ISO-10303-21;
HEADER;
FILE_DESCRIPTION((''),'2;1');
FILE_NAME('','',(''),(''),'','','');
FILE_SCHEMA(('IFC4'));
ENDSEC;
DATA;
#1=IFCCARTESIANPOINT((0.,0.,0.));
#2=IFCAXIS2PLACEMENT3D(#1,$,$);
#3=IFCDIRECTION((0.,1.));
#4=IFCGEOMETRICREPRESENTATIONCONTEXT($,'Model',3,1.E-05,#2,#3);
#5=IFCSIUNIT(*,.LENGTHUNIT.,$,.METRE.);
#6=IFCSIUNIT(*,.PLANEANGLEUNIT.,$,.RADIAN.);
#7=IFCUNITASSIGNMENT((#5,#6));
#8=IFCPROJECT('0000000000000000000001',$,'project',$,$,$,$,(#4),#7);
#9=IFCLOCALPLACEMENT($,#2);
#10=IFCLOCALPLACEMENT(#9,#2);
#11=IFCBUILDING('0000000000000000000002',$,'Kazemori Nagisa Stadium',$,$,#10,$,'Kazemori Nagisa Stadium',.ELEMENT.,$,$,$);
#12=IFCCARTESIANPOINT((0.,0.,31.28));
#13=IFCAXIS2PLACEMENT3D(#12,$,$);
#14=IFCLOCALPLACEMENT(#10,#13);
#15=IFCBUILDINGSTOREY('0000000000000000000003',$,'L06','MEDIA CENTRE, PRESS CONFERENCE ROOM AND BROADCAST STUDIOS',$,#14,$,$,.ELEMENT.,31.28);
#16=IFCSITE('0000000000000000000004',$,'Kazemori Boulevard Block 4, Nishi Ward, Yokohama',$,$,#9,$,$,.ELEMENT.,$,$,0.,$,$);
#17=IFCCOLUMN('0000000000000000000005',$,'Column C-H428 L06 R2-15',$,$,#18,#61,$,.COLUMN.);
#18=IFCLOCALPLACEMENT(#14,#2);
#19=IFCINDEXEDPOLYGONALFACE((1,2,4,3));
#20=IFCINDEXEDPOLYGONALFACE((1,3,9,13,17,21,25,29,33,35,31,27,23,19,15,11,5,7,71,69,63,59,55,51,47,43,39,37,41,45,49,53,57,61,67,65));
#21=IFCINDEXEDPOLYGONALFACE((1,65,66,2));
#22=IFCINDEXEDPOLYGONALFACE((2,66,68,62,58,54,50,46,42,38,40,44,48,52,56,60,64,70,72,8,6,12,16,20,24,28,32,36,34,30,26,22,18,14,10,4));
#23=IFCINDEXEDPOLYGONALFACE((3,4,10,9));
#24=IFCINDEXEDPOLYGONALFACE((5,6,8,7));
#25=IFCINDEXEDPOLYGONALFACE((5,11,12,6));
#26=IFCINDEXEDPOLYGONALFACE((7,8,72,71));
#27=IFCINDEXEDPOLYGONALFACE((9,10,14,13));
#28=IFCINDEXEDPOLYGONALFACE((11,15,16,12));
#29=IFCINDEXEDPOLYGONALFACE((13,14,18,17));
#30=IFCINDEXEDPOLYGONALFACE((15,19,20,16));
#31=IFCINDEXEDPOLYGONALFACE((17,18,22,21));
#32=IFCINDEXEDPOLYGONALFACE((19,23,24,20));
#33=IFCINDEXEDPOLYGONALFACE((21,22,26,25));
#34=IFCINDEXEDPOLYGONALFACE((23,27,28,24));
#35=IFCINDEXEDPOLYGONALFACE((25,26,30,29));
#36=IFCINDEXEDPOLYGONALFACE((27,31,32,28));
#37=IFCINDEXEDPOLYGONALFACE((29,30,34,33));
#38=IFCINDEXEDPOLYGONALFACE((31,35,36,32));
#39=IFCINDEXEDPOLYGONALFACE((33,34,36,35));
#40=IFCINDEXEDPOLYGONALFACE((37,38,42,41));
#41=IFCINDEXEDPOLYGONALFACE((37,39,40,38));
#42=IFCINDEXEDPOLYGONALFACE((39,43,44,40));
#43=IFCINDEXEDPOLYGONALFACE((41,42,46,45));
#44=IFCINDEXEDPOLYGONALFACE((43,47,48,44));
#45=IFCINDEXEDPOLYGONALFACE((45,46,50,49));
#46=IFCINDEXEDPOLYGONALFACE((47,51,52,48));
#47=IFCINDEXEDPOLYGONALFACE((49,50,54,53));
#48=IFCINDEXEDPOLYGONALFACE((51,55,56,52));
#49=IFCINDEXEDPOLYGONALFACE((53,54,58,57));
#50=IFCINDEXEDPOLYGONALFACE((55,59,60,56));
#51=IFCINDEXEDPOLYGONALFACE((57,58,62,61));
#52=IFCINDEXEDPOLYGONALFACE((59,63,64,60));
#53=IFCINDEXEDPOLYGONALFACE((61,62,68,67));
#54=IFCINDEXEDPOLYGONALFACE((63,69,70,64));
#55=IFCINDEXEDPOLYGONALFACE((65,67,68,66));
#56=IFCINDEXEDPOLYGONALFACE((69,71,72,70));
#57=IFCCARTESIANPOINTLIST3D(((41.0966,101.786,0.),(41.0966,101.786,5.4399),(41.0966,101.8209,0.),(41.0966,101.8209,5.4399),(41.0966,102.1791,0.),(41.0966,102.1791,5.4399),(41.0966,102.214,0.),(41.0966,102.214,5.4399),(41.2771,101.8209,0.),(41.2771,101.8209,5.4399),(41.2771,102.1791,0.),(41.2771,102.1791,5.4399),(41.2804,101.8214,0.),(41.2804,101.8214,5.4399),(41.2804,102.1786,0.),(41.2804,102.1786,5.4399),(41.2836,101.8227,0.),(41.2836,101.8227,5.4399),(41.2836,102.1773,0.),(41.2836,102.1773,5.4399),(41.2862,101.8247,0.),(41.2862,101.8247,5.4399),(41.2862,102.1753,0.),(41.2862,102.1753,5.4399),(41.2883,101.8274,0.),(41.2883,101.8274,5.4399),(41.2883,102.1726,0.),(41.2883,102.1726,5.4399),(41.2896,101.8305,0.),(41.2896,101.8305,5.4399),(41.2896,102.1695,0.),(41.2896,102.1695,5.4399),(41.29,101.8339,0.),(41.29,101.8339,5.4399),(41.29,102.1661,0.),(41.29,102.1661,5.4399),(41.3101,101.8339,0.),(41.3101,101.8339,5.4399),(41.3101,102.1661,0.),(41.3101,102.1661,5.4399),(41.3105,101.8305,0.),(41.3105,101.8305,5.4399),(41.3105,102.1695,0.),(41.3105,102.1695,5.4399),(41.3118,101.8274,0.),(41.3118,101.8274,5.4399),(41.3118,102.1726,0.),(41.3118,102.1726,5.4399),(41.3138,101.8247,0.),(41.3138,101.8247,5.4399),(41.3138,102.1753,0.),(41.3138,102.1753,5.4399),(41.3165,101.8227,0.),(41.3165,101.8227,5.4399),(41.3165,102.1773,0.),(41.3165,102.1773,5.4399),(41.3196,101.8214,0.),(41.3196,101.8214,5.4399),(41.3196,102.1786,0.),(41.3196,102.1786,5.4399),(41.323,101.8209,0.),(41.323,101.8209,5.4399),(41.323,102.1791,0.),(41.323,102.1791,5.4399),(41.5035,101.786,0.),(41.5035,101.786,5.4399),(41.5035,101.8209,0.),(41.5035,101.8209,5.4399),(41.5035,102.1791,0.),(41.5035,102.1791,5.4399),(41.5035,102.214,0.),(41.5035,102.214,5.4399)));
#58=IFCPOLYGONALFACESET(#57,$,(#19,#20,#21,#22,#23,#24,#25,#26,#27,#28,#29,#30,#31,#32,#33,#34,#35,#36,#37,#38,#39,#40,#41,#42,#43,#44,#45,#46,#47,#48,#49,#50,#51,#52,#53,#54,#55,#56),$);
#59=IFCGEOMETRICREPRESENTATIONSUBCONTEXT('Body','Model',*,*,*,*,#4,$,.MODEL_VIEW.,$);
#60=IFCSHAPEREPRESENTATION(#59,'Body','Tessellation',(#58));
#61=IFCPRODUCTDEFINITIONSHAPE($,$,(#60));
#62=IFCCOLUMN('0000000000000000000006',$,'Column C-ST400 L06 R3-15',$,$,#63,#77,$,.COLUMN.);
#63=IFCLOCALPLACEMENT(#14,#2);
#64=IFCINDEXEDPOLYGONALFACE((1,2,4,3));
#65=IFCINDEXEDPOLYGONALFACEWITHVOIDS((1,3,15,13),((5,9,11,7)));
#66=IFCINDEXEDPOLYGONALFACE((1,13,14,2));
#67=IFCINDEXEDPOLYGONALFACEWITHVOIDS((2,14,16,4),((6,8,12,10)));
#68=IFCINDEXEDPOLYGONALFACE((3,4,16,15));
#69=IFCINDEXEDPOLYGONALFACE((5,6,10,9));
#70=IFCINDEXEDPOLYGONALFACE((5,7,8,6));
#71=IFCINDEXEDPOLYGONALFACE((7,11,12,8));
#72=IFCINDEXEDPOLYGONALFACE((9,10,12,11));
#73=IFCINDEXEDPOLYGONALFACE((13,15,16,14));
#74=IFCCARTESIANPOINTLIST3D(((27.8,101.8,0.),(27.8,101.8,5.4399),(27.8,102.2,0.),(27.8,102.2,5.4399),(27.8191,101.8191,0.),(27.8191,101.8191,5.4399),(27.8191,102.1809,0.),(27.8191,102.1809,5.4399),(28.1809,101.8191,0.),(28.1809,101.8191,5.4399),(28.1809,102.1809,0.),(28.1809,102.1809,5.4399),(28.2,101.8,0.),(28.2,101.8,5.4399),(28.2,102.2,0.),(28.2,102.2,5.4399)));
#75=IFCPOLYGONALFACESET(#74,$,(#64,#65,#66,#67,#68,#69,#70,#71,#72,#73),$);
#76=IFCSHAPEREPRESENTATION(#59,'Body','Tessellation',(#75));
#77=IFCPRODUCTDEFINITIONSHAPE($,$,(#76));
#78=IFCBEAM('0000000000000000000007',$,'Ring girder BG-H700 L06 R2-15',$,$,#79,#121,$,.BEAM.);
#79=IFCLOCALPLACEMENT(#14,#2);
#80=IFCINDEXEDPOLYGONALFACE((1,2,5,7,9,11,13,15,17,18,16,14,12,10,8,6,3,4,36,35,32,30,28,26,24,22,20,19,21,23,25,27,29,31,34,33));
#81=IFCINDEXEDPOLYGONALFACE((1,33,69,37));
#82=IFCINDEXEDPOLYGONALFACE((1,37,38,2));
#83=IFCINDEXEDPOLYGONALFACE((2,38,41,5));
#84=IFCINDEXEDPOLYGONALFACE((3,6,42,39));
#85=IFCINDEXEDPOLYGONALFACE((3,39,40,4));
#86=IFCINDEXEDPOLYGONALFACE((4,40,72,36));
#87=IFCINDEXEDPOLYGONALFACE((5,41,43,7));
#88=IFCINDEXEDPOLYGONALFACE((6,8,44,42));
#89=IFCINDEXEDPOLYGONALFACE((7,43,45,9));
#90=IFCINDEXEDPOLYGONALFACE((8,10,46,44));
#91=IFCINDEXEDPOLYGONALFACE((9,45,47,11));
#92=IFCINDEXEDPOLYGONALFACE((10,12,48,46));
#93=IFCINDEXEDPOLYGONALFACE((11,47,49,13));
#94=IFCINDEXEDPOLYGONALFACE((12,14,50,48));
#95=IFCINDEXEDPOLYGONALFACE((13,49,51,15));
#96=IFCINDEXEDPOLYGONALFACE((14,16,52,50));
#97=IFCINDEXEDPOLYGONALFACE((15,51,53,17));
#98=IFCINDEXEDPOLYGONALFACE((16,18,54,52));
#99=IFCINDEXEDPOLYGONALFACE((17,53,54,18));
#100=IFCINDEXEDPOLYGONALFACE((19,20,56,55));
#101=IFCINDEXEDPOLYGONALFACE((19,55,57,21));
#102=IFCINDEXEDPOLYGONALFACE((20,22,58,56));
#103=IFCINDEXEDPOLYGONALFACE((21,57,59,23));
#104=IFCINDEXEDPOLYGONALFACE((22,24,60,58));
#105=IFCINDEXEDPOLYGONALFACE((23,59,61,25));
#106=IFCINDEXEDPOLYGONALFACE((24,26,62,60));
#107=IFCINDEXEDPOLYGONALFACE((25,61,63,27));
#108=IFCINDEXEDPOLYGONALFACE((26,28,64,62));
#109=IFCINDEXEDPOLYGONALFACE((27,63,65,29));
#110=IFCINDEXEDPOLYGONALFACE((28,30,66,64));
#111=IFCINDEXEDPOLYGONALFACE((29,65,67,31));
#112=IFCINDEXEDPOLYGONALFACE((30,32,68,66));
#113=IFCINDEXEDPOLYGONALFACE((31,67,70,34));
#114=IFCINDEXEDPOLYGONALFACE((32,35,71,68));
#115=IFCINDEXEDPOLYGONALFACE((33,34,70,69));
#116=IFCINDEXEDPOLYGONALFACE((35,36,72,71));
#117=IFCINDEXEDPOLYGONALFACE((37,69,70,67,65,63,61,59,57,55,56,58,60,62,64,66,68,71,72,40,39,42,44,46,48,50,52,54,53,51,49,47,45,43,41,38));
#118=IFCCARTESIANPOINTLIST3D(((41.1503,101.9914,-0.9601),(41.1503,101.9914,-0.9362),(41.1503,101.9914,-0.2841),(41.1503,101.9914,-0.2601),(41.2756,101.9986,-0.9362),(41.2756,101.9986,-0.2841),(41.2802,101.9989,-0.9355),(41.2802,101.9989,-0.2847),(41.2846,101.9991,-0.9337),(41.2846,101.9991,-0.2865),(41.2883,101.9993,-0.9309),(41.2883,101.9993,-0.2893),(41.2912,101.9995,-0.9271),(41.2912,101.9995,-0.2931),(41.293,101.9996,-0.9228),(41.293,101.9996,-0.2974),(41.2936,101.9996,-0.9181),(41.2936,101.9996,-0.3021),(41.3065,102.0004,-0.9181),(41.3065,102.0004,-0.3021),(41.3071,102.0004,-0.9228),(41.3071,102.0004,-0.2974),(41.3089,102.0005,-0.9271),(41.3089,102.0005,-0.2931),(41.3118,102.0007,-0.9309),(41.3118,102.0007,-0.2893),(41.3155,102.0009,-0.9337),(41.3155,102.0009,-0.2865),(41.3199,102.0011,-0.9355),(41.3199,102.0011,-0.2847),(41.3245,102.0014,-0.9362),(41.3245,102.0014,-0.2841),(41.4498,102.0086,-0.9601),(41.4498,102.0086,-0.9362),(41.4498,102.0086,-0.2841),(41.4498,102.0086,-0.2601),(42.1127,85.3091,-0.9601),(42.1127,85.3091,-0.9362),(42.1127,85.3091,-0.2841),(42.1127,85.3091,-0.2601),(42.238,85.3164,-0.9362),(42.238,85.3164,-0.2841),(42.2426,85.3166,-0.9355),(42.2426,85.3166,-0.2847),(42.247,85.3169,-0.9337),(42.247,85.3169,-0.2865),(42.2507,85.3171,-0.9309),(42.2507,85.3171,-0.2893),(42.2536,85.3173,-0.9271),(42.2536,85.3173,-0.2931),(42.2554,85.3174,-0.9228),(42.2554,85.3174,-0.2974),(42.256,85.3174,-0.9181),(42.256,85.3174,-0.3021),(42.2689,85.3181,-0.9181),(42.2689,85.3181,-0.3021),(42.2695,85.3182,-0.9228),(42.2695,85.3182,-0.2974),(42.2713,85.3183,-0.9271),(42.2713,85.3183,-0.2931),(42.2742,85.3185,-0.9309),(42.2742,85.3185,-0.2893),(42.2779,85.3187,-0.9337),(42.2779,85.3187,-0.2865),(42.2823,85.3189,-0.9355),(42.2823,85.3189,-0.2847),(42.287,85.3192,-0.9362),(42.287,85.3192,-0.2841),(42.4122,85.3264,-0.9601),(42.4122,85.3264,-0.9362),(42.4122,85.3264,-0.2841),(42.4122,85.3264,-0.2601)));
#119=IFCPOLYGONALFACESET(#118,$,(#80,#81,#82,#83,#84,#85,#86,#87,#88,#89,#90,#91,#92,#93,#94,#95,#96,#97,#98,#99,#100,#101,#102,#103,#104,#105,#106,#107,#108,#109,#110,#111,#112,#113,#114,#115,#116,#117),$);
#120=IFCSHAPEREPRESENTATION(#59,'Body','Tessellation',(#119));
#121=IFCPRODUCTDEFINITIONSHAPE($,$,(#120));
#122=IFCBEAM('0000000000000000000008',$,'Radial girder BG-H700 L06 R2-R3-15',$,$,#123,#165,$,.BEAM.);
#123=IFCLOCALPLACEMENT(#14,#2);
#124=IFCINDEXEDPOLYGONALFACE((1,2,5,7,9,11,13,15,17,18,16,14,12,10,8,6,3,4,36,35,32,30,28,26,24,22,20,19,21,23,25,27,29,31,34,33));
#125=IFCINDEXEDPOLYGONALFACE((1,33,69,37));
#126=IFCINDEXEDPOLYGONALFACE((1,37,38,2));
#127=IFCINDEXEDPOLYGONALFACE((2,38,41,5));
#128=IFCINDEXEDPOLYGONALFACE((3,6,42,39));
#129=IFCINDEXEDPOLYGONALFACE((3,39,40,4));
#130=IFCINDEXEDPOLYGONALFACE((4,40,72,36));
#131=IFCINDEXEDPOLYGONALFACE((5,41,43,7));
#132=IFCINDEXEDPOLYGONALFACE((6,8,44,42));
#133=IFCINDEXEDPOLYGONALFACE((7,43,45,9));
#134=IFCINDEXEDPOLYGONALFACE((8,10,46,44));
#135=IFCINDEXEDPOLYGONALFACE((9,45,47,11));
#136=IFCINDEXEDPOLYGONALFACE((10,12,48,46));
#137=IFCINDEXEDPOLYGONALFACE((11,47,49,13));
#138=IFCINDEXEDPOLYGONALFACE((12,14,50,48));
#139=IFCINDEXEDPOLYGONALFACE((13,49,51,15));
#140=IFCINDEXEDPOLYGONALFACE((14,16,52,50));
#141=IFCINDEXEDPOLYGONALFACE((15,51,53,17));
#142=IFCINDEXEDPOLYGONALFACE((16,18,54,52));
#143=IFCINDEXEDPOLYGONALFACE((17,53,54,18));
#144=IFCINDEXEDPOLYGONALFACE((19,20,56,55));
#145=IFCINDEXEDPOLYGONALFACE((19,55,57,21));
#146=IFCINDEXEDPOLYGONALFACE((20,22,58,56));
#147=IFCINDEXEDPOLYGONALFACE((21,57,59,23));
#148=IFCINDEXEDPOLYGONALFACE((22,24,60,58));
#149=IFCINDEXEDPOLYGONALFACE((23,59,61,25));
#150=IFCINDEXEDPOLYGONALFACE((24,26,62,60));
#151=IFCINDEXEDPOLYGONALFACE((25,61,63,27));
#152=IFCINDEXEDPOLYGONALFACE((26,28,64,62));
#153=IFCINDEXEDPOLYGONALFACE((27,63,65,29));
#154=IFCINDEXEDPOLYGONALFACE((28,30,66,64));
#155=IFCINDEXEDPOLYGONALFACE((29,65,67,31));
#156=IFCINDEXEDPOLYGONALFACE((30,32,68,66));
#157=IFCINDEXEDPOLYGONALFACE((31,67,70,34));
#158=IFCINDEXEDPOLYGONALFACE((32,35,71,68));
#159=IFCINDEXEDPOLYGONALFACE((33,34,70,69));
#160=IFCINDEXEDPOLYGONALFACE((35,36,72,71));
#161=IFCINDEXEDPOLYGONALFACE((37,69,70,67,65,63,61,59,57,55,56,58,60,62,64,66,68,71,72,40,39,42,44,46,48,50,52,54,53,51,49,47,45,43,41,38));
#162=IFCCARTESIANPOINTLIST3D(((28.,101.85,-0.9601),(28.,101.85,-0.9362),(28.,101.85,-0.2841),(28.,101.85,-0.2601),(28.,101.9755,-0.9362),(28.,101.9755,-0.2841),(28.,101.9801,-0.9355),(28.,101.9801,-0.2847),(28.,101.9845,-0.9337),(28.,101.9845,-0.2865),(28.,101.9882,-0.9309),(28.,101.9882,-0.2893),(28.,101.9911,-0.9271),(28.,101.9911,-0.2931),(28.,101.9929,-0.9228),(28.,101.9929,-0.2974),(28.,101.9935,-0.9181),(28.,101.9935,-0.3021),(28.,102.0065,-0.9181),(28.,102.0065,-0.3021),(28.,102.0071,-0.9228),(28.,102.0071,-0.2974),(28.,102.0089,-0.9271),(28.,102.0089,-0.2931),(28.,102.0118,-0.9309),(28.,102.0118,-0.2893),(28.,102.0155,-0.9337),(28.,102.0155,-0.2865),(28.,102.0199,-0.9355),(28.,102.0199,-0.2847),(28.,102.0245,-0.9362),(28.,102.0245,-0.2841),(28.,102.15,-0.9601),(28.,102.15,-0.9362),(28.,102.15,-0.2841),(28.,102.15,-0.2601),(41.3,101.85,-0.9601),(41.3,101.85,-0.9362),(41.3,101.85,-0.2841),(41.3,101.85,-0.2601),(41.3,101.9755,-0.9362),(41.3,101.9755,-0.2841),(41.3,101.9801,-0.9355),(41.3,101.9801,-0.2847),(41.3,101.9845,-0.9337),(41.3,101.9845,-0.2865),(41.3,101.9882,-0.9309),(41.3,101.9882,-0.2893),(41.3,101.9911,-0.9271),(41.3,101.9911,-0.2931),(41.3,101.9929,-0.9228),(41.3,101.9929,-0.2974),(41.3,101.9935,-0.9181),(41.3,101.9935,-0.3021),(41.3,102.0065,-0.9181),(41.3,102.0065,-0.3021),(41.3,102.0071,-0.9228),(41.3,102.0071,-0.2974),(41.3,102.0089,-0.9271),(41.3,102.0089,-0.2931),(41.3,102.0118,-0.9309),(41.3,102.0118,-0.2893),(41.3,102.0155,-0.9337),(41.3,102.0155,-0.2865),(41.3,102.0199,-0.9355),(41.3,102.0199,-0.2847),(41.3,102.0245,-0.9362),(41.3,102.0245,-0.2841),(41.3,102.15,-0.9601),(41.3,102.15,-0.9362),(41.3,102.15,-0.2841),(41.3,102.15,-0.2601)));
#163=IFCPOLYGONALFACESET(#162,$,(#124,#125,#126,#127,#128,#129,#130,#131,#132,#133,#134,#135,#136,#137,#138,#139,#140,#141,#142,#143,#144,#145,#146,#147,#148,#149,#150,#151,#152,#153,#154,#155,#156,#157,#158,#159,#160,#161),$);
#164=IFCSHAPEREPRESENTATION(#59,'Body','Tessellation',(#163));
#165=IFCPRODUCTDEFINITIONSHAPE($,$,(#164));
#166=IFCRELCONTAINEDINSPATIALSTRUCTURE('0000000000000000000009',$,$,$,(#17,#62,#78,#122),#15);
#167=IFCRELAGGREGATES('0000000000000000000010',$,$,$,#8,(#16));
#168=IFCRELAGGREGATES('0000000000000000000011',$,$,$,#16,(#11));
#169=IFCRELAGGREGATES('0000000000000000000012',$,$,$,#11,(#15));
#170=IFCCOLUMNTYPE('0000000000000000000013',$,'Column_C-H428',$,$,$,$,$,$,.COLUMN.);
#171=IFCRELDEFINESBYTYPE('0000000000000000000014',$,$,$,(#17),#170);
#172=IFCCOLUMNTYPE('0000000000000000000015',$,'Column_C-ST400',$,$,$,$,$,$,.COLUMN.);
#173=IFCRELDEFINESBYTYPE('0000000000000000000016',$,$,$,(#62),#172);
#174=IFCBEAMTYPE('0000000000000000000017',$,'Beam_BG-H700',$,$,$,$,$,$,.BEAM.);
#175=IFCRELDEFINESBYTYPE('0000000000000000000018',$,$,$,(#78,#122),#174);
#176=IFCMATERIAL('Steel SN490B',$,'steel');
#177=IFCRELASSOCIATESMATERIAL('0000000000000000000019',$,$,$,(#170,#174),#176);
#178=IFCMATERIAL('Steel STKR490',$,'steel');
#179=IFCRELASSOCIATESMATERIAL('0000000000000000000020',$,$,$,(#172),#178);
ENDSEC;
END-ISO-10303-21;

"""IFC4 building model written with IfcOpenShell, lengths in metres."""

from ifc_helpers import new_model, si_unit, direction, frame, origin, origin_2d, place, context, subcontext, project, spatial, hollow_rectangle, i_section, extrude, material, material_profile, profile_set, type_object, element, save


model = new_model("IFC4")

# Units and contexts
model_context = context("Model", 3, precision=1e-05, world=origin(), true_north=direction((0.0, 1.0)))
body_context = subcontext(model_context, "Body", "Model", "MODEL_VIEW")
ifc_project = project(units=[si_unit("LENGTHUNIT", "METRE"), si_unit("PLANEANGLEUNIT", "RADIAN")], contexts=[model_context])

# Site, building, storey
site_placement = place(None, origin())
site = spatial("IfcSite", under=ifc_project, at=site_placement, Name="Kazemori Boulevard Block 4, Nishi Ward, Yokohama", CompositionType="ELEMENT", RefElevation=0.0)
building_placement = place(site_placement, origin())
building = spatial("IfcBuilding", under=site, at=building_placement, Name="Kazemori Nagisa Stadium", LongName="Kazemori Nagisa Stadium", CompositionType="ELEMENT")
storey_placement = place(building_placement, frame((0.0, 0.0, 31.28)))
storey = spatial("IfcBuildingStorey", under=building, at=storey_placement, Name="L06", Description="MEDIA CENTRE, PRESS CONFERENCE ROOM AND BROADCAST STUDIOS", CompositionType="ELEMENT", Elevation=31.28)

# Columns
ifc_material_1 = material(Name="Steel SN490B", Category="steel")
ifc_material_profile_1 = material_profile(ifc_material_1, i_section(OverallWidth=0.407, OverallDepth=0.428, WebThickness=0.02, FlangeThickness=0.0349, FilletRadius=0.0129, at=origin_2d()), Name="H-428x407x20x35")
ifc_profile_set_1 = profile_set([ifc_material_profile_1], Name="Steel SN490B")
column_type_1 = type_object("IfcColumnType", Name="Column_C-H428", PredefinedType="COLUMN", material=ifc_profile_set_1)
column_1_placement = place(storey_placement, frame((41.3, 102.0, 0.0), z_axis=(0.0, 0.0, 1.0), x_axis=(-1.0, 0.0, 0.0)))
element("IfcColumn", 1, at=column_1_placement, inside=storey, type_object=column_type_1, Name="Column C-H428 L06 R2-15", PredefinedType="COLUMN", context=body_context, shape_type="SweptSolid", body=[
    extrude(i_section(OverallWidth=0.407, OverallDepth=0.428, WebThickness=0.02, FlangeThickness=0.0349, FilletRadius=0.0129, at=origin_2d()), origin(), (0.0, 0.0, 1.0), 5.4399),
])
ifc_material_2 = material(Name="Steel STKR490", Category="steel")
ifc_material_profile_2 = material_profile(ifc_material_2, hollow_rectangle(XDim=0.3999, YDim=0.3999, WallThickness=0.019, at=origin_2d()), Name="SHS-400x400x19")
ifc_profile_set_2 = profile_set([ifc_material_profile_2], Name="Steel STKR490")
column_type_2 = type_object("IfcColumnType", Name="Column_C-ST400", PredefinedType="COLUMN", material=ifc_profile_set_2)
column_2_placement = place(storey_placement, frame((28.0, 102.0, 0.0), z_axis=(0.0, 0.0, 1.0), x_axis=(-1.0, 0.0, 0.0)))
element("IfcColumn", 2, at=column_2_placement, inside=storey, type_object=column_type_2, Name="Column C-ST400 L06 R3-15", PredefinedType="COLUMN", context=body_context, shape_type="SweptSolid", body=[
    extrude(hollow_rectangle(XDim=0.3999, YDim=0.3999, WallThickness=0.019, at=origin_2d()), origin(), (0.0, 0.0, 1.0), 5.4399),
])

# Beams
ifc_material_profile_3 = material_profile(ifc_material_1, i_section(OverallWidth=0.3, OverallDepth=0.7, WebThickness=0.0129, FlangeThickness=0.0239, FilletRadius=0.0181, at=origin_2d()), Name="H-700x300x13x24")
ifc_profile_set_3 = profile_set([ifc_material_profile_3], Name="Steel SN490B")
beam_type_1 = type_object("IfcBeamType", Name="Beam_BG-H700", PredefinedType="BEAM", material=ifc_profile_set_3)
beam_1_placement = place(storey_placement, frame((41.3, 102.0, -0.6101), z_axis=(0.057595, -0.99834, 0.0), x_axis=(0.99834, 0.057595, 0.0)))
element("IfcBeam", 3, at=beam_1_placement, inside=storey, type_object=beam_type_1, Name="Ring girder BG-H700 L06 R2-15", PredefinedType="BEAM", context=body_context, shape_type="SweptSolid", body=[
    extrude(i_section(OverallWidth=0.3, OverallDepth=0.7, WebThickness=0.0129, FlangeThickness=0.0239, FilletRadius=0.0181, at=origin_2d()), origin(), (0.0, 0.0, 1.0), 16.71),
])
beam_2_placement = place(storey_placement, frame((41.3, 102.0, -0.6101), z_axis=(-1.0, 0.0, 0.0), x_axis=(0.0, -1.0, 0.0)))
element("IfcBeam", 4, at=beam_2_placement, inside=storey, type_object=beam_type_1, Name="Radial girder BG-H700 L06 R2-R3-15", PredefinedType="BEAM", context=body_context, shape_type="SweptSolid", body=[
    extrude(i_section(OverallWidth=0.3, OverallDepth=0.7, WebThickness=0.0129, FlangeThickness=0.0239, FilletRadius=0.0181, at=origin_2d()), origin(), (0.0, 0.0, 1.0), 13.3),
])

save(model, "model.ifc")
